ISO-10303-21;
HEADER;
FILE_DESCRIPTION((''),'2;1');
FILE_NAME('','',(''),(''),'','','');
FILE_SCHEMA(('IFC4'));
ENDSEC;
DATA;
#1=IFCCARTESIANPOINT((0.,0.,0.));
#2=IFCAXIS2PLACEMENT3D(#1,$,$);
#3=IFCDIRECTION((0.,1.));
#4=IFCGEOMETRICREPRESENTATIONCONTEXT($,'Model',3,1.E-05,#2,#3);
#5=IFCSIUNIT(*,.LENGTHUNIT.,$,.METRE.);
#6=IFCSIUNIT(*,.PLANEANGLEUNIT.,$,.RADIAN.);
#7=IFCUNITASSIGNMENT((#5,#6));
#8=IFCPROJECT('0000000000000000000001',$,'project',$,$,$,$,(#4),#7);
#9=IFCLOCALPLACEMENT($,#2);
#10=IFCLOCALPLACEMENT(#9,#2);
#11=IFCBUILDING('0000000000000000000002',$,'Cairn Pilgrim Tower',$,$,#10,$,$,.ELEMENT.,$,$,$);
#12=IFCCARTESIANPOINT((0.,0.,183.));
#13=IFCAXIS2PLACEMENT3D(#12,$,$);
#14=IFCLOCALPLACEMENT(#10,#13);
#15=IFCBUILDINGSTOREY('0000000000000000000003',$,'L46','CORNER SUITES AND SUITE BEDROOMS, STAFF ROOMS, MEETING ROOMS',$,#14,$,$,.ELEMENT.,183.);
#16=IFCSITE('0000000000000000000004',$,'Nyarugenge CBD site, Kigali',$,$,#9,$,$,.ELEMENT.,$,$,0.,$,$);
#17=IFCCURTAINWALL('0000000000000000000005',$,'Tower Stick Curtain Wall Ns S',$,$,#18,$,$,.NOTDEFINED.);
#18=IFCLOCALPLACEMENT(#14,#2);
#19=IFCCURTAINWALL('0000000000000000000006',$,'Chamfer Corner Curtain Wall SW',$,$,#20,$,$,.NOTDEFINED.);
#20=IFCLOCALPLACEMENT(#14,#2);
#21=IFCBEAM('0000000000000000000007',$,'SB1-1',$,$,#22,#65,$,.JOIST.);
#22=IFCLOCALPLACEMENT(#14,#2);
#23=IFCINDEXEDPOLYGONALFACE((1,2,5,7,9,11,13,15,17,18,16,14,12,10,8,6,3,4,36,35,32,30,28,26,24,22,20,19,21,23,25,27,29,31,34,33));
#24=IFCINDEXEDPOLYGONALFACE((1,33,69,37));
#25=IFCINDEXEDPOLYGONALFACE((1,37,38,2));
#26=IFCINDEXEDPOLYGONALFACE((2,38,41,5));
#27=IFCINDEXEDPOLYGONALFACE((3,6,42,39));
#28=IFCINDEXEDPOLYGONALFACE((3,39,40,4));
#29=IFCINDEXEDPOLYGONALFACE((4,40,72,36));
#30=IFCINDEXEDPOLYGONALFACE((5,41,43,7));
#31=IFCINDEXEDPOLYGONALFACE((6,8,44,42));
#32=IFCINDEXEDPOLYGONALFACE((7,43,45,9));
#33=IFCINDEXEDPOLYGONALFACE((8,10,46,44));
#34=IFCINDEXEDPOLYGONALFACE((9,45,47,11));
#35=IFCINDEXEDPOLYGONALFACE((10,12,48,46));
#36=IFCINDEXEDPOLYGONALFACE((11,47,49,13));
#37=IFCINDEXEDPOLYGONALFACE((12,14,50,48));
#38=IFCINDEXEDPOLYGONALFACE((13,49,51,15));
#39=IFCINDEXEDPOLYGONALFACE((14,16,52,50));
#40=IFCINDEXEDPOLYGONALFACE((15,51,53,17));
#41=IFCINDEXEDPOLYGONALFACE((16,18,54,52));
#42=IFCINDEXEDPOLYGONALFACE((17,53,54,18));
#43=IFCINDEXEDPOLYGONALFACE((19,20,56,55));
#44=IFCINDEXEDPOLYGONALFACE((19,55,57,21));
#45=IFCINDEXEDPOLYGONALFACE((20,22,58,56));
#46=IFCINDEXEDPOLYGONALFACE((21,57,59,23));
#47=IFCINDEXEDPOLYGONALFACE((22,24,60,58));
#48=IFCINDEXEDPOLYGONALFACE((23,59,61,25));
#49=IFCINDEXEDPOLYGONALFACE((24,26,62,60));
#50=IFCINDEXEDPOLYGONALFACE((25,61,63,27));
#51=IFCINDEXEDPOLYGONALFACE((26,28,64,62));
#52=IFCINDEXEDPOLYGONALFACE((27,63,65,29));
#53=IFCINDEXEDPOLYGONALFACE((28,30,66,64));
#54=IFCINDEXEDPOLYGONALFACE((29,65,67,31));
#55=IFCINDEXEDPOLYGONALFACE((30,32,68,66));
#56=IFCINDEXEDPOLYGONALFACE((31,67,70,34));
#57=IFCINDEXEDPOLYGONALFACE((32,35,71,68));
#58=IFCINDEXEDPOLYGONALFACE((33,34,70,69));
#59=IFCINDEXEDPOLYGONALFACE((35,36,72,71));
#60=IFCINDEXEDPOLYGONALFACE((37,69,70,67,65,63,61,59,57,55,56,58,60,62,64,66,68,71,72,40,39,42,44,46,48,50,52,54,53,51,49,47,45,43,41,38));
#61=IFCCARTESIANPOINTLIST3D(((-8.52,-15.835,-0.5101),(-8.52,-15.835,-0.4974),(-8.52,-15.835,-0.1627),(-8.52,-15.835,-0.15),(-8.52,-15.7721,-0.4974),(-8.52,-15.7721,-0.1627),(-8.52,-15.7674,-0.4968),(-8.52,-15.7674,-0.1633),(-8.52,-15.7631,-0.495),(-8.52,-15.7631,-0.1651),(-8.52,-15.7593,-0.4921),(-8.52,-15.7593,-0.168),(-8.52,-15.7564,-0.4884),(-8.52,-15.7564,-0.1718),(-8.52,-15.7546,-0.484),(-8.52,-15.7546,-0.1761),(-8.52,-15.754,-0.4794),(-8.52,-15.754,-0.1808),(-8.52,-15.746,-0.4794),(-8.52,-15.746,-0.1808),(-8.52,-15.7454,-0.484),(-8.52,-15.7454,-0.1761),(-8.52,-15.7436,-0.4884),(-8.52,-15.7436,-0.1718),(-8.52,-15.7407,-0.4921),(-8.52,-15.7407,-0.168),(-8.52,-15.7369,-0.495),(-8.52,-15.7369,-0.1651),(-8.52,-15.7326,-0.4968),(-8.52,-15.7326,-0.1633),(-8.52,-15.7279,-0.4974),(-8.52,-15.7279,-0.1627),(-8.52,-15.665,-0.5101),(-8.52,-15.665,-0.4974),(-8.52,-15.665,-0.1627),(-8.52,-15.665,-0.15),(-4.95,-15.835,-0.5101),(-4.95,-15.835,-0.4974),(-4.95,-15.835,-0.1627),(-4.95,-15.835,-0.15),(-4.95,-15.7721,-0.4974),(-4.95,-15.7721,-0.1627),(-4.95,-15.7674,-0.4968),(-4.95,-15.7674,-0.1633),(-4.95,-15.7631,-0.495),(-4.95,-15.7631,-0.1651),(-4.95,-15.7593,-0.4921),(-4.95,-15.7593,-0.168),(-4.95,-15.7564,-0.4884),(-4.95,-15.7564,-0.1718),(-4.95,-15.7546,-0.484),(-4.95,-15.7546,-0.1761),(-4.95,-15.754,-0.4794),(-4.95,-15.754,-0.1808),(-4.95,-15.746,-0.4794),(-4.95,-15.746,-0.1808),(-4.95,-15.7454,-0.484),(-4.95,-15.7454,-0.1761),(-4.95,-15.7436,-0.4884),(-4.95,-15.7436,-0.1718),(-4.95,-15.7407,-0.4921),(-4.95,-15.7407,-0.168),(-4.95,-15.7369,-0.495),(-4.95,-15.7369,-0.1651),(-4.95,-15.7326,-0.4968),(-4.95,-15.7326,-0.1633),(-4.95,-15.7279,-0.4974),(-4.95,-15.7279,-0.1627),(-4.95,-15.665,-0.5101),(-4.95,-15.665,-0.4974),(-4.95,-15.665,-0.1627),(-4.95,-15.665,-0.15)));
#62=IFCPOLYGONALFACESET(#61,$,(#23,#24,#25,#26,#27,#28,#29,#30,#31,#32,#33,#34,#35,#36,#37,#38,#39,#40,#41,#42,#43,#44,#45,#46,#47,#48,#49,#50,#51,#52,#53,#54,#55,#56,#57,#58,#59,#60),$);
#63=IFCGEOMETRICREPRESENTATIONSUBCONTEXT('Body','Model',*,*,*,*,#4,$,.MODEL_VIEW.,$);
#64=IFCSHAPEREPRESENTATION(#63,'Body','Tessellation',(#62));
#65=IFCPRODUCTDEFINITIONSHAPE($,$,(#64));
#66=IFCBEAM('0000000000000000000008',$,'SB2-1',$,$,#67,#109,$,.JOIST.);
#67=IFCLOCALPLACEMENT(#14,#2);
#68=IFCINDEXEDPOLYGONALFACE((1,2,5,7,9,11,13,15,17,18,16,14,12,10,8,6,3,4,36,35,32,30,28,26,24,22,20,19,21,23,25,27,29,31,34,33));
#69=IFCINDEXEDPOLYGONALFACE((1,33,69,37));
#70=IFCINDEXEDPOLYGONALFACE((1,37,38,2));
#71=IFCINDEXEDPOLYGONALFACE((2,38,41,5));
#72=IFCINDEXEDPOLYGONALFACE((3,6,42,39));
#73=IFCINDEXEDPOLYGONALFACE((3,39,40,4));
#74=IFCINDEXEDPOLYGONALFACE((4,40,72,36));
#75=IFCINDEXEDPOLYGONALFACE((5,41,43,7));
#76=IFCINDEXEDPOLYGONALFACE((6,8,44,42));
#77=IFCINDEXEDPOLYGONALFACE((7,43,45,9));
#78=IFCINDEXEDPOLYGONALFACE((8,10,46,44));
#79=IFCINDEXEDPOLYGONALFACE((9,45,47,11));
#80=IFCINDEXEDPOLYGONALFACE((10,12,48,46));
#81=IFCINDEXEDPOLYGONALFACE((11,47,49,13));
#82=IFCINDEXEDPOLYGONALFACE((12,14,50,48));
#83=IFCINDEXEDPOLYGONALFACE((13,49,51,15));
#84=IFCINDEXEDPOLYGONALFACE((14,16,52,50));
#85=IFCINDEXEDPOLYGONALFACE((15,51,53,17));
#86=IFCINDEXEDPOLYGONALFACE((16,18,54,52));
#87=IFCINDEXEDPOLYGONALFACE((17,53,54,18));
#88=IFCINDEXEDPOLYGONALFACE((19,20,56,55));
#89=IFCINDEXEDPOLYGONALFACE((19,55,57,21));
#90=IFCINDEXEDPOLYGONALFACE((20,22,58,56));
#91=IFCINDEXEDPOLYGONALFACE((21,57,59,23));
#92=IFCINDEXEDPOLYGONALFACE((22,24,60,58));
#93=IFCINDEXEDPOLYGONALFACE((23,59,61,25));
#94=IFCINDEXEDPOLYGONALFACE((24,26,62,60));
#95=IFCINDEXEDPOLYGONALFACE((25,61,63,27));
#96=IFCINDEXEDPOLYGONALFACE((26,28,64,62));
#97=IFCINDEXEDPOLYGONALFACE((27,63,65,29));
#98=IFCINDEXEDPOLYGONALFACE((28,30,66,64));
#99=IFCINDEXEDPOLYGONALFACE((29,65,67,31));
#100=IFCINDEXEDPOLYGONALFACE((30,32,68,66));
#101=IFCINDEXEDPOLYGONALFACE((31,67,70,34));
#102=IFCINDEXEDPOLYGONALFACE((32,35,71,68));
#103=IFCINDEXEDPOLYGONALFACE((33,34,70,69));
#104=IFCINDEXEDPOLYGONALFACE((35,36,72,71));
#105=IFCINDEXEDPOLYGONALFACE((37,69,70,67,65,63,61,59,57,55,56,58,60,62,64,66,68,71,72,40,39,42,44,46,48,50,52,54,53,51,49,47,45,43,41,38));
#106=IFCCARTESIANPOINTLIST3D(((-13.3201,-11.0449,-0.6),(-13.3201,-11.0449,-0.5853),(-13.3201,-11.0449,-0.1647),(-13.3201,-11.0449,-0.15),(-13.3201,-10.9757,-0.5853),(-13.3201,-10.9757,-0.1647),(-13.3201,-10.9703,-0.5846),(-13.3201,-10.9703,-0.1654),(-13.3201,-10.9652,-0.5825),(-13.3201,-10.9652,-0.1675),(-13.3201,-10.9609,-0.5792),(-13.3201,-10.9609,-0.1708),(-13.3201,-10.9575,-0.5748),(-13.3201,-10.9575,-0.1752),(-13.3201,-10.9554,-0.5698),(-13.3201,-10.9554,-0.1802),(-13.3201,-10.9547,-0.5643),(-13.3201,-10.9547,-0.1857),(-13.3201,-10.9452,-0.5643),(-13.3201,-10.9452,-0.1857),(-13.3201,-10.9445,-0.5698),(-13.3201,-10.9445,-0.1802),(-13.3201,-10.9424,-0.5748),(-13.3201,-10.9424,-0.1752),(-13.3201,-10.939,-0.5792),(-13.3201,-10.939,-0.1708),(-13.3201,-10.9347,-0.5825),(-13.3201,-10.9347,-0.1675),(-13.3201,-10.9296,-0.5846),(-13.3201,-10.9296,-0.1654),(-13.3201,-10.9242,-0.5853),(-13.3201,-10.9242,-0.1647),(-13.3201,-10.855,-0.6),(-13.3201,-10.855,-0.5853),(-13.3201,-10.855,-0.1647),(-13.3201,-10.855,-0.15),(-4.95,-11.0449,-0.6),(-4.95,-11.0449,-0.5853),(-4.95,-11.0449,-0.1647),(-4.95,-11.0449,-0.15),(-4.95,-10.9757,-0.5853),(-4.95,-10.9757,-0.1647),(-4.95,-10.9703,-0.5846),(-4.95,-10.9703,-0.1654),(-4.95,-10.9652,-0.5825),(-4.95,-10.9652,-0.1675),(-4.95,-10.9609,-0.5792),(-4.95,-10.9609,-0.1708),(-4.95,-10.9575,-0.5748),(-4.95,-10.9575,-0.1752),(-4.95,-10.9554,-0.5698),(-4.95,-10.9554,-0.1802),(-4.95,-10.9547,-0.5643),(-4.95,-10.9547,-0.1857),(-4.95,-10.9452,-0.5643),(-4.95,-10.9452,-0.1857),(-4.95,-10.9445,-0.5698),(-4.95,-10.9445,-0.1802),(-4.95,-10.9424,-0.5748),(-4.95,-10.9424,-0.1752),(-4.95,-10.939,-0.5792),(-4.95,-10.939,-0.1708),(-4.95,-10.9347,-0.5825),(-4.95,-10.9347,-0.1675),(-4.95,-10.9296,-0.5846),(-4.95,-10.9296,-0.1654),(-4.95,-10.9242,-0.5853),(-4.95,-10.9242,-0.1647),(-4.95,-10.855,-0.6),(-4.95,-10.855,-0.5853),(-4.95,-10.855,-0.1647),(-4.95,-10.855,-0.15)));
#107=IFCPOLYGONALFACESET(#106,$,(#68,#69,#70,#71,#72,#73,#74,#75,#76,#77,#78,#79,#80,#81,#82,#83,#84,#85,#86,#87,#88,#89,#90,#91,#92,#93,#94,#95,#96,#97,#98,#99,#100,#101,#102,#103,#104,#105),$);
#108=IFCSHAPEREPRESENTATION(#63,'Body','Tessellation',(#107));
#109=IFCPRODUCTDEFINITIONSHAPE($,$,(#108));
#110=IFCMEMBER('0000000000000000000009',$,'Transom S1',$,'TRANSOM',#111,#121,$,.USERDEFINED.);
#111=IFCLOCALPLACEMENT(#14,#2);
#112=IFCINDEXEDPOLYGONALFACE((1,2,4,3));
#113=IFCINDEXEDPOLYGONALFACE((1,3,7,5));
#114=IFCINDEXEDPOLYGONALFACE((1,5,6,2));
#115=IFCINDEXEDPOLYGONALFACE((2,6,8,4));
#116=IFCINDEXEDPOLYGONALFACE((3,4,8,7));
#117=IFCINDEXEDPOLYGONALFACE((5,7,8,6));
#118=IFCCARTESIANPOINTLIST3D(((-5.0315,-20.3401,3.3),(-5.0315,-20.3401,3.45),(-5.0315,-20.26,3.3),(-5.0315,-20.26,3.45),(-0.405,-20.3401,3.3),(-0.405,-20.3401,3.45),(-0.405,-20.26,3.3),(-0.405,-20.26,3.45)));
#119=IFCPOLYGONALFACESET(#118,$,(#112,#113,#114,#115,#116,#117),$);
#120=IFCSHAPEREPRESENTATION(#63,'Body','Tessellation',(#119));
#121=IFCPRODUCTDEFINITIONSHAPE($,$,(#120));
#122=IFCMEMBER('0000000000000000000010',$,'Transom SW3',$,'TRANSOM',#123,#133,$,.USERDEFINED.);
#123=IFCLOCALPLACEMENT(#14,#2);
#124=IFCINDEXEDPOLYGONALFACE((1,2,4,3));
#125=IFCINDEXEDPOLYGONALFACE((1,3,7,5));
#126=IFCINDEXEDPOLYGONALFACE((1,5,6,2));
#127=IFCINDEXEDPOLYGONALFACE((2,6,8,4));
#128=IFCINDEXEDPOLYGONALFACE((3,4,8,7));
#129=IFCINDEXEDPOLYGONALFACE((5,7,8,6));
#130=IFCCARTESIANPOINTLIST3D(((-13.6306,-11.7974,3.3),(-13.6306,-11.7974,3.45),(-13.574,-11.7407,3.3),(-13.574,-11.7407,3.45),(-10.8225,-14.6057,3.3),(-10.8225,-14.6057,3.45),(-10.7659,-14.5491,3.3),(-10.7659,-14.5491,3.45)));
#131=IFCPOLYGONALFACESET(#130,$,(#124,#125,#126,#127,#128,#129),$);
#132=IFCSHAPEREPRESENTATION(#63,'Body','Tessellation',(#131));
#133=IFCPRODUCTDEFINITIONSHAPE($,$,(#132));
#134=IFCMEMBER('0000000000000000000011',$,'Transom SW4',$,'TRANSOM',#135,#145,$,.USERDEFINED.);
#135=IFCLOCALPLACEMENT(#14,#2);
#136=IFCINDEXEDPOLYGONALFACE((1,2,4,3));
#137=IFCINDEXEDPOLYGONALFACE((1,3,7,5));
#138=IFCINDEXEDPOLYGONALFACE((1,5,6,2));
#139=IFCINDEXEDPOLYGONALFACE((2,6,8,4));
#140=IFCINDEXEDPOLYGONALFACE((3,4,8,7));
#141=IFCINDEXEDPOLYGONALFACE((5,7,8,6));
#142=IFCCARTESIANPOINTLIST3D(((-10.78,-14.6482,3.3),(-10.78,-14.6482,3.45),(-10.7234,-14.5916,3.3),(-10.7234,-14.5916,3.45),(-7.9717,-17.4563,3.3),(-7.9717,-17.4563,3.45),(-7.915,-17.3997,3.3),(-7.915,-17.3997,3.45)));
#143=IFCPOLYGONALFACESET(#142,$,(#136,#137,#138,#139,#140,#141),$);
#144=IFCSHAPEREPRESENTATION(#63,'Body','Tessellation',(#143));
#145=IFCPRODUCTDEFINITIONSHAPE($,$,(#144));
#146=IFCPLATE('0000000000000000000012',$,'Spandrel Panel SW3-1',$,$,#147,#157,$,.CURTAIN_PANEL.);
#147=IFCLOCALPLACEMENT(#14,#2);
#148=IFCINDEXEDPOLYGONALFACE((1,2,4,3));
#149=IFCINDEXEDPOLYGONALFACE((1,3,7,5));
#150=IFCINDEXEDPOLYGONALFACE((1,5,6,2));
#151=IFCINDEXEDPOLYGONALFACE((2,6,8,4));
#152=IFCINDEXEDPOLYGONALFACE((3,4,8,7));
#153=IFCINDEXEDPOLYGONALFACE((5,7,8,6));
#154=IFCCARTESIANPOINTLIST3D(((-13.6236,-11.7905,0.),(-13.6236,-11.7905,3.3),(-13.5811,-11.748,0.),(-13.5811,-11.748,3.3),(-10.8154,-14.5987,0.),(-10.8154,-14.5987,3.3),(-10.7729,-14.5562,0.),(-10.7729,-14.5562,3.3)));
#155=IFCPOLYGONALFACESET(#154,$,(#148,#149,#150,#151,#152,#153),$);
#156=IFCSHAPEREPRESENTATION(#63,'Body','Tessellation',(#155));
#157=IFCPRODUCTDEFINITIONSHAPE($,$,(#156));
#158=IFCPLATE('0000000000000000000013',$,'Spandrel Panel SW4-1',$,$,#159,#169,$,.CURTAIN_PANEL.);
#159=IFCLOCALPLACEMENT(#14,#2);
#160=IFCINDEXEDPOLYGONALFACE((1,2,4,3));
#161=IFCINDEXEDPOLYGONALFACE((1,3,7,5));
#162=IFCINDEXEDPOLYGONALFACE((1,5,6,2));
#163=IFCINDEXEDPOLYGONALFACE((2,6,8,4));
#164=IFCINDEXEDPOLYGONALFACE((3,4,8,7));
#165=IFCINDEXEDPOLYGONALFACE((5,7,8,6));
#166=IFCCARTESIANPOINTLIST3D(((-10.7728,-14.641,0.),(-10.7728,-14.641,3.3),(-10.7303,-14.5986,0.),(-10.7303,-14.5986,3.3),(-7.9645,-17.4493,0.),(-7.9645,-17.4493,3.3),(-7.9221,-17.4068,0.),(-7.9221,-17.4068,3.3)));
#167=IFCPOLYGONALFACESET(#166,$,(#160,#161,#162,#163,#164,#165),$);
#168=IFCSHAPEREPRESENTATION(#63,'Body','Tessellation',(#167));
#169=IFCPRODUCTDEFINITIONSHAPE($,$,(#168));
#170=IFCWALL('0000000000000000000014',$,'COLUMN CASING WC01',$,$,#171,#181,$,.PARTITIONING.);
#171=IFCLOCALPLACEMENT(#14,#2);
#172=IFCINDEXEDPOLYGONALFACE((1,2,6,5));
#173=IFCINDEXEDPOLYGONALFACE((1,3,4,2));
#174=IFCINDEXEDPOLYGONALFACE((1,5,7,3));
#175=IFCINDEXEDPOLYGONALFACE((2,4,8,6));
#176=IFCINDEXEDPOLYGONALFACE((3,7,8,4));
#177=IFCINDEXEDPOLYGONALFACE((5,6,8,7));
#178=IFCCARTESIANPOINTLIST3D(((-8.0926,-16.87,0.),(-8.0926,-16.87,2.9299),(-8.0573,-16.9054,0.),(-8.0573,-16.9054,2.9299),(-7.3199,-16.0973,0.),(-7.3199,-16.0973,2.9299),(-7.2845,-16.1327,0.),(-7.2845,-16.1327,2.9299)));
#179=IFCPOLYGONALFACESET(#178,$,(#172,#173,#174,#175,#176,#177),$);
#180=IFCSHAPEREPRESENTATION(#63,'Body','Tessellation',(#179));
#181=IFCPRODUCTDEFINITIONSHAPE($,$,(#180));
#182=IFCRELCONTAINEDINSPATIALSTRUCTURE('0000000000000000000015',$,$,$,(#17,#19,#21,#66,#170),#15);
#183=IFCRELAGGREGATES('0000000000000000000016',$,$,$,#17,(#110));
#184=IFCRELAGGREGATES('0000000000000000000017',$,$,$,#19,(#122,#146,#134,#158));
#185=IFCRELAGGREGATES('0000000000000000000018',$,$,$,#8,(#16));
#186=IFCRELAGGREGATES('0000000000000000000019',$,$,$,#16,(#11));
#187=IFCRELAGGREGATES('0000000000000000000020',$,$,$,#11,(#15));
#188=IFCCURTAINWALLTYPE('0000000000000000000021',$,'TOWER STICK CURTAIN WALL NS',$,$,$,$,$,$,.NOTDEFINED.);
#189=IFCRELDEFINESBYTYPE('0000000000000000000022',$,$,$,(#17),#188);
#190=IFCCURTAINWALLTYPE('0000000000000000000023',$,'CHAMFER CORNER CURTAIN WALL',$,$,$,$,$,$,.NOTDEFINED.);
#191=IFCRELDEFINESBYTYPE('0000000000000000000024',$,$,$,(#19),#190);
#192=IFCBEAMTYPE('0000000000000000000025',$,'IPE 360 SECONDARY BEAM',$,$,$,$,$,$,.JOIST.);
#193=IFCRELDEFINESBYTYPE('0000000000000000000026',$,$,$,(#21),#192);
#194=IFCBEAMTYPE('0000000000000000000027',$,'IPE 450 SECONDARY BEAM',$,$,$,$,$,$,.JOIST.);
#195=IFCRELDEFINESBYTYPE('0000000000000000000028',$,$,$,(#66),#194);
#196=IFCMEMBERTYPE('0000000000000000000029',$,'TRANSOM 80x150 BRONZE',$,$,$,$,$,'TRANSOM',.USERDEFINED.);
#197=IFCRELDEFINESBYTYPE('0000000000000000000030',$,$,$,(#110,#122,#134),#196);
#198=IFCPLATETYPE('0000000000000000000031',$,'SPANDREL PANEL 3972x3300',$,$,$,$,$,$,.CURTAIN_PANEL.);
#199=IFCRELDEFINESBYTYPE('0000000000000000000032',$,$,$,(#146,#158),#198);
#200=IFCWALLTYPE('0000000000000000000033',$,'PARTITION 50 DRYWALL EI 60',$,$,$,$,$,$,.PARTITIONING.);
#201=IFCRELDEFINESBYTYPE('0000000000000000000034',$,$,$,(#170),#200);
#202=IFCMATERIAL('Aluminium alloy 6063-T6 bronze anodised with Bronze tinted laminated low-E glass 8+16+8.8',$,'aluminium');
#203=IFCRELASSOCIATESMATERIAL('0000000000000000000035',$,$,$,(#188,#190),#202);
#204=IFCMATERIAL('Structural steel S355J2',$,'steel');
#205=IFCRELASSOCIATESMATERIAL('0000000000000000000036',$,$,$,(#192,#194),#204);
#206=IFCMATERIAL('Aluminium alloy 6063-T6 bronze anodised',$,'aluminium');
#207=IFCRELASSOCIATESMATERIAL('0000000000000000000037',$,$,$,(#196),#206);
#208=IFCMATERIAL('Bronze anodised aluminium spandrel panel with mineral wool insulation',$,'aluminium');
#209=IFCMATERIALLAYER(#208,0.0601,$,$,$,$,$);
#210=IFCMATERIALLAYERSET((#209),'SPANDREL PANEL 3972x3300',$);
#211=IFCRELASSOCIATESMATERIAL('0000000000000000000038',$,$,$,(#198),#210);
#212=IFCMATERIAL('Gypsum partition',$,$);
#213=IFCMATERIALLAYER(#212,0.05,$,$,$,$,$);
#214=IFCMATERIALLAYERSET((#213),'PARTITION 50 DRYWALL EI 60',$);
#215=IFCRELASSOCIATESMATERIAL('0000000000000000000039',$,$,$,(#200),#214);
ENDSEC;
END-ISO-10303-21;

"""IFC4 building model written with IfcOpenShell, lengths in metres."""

from ifc_helpers import new_model, si_unit, direction, frame, frame_2d, origin, origin_2d, place, context, subcontext, project, spatial, rectangle, i_section, extrude, material, layer, layer_set, material_profile, profile_set, type_object, element, aggregate, save


model = new_model("IFC4")

# Units and contexts
model_context = context("Model", 3, precision=1e-05, world=origin(), true_north=direction((0.0, 1.0)))
body_context = subcontext(model_context, "Body", "Model", "MODEL_VIEW")
ifc_project = project(units=[si_unit("LENGTHUNIT", "METRE"), si_unit("PLANEANGLEUNIT", "RADIAN")], contexts=[model_context])

# Site, building, storey
site_placement = place(None, origin())
site = spatial("IfcSite", under=ifc_project, at=site_placement, Name="Nyarugenge CBD site, Kigali", CompositionType="ELEMENT", RefElevation=0.0)
building_placement = place(site_placement, origin())
building = spatial("IfcBuilding", under=site, at=building_placement, Name="Cairn Pilgrim Tower", CompositionType="ELEMENT")
storey_placement = place(building_placement, frame((0.0, 0.0, 183.0)))
storey = spatial("IfcBuildingStorey", under=building, at=storey_placement, Name="L46", Description="CORNER SUITES AND SUITE BEDROOMS, STAFF ROOMS, MEETING ROOMS", CompositionType="ELEMENT", Elevation=183.0)

# Shared definitions
ifc_material_1 = material(Name="Structural steel S355J2", Category="steel")

# Curtain wall
ifc_material_2 = material(Name="Aluminium alloy 6063-T6 bronze anodised with Bronze tinted laminated low-E glass 8+16+8.8", Category="aluminium")
curtain_wall_type_1 = type_object("IfcCurtainWallType", Name="TOWER STICK CURTAIN WALL NS", PredefinedType="NOTDEFINED", material=ifc_material_2)
curtain_wall_1_placement = place(storey_placement, origin())
curtain_wall_1 = element("IfcCurtainWall", 1, at=curtain_wall_1_placement, inside=storey, type_object=curtain_wall_type_1, Name="Tower Stick Curtain Wall Ns S", PredefinedType="NOTDEFINED")
ifc_material_3 = material(Name="Aluminium alloy 6063-T6 bronze anodised", Category="aluminium")

# Curtain wall
curtain_wall_type_2 = type_object("IfcCurtainWallType", Name="CHAMFER CORNER CURTAIN WALL", PredefinedType="NOTDEFINED", material=ifc_material_2)
curtain_wall_2_placement = place(storey_placement, origin())
curtain_wall_2 = element("IfcCurtainWall", 2, at=curtain_wall_2_placement, inside=storey, type_object=curtain_wall_type_2, Name="Chamfer Corner Curtain Wall SW", PredefinedType="NOTDEFINED")

# Beams
ifc_material_profile_1 = material_profile(ifc_material_1, i_section(OverallWidth=0.1699, OverallDepth=0.3601, WebThickness=0.0081, FlangeThickness=0.0127, FilletRadius=0.0181, at=origin_2d()), Name="IPE 360")
ifc_profile_set_1 = profile_set([ifc_material_profile_1], Name="Structural steel S355J2")
beam_type_1 = type_object("IfcBeamType", Name="IPE 360 SECONDARY BEAM", PredefinedType="JOIST", material=ifc_profile_set_1)
beam_1_placement = place(storey_placement, frame((-8.52, -15.75, -0.3301), z_axis=(1.0, 0.0, 0.0), x_axis=(0.0, 1.0, 0.0)))
element("IfcBeam", 3, at=beam_1_placement, inside=storey, type_object=beam_type_1, Name="SB1-1", PredefinedType="JOIST", context=body_context, shape_type="SweptSolid", body=[
    extrude(i_section(OverallWidth=0.1699, OverallDepth=0.3601, WebThickness=0.0081, FlangeThickness=0.0127, FilletRadius=0.0181, at=origin_2d()), origin(), (0.0, 0.0, 1.0), 3.5701),
])
ifc_material_profile_2 = material_profile(ifc_material_1, i_section(OverallWidth=0.1899, OverallDepth=0.45, WebThickness=0.0095, FlangeThickness=0.0146, FilletRadius=0.021, at=origin_2d()), Name="IPE 450")
ifc_profile_set_2 = profile_set([ifc_material_profile_2], Name="Structural steel S355J2")
beam_type_2 = type_object("IfcBeamType", Name="IPE 450 SECONDARY BEAM", PredefinedType="JOIST", material=ifc_profile_set_2)
beam_2_placement = place(storey_placement, frame((-13.3201, -10.95, -0.375), z_axis=(1.0, 0.0, 0.0), x_axis=(0.0, 1.0, 0.0)))
element("IfcBeam", 4, at=beam_2_placement, inside=storey, type_object=beam_type_2, Name="SB2-1", PredefinedType="JOIST", context=body_context, shape_type="SweptSolid", body=[
    extrude(i_section(OverallWidth=0.1899, OverallDepth=0.45, WebThickness=0.0095, FlangeThickness=0.0146, FilletRadius=0.021, at=origin_2d()), origin(), (0.0, 0.0, 1.0), 8.3701),
])

# Members
ifc_material_profile_3 = material_profile(ifc_material_3, rectangle(XDim=0.0801, YDim=0.1499, at=origin_2d()), Name="TRANSOM 80x150 BRONZE")
ifc_profile_set_3 = profile_set([ifc_material_profile_3], Name="Aluminium alloy 6063-T6 bronze anodised")
member_type_1 = type_object("IfcMemberType", Name="TRANSOM 80x150 BRONZE", ElementType="TRANSOM", PredefinedType="USERDEFINED", material=ifc_profile_set_3)
member_1_placement = place(storey_placement, frame((-5.0315, -20.3, 3.375), z_axis=(1.0, 0.0, 0.0), x_axis=(0.0, 1.0, 0.0)))
member_1 = element("IfcMember", 5, at=member_1_placement, type_object=member_type_1, Name="Transom S1", ObjectType="TRANSOM", PredefinedType="USERDEFINED", context=body_context, shape_type="SweptSolid", body=[
    extrude(rectangle(XDim=0.0801, YDim=0.1499, at=origin_2d()), origin(), (0.0, 0.0, 1.0), 4.6265),
])
aggregate(curtain_wall_1, [member_1])
member_2_placement = place(storey_placement, frame((-13.6023, -11.769, 3.375), z_axis=(0.707076, -0.707138, 0.0), x_axis=(0.707138, 0.707076, 0.0)))
member_2 = element("IfcMember", 6, at=member_2_placement, type_object=member_type_1, Name="Transom SW3", ObjectType="TRANSOM", PredefinedType="USERDEFINED", context=body_context, shape_type="SweptSolid", body=[
    extrude(rectangle(XDim=0.0801, YDim=0.1499, at=origin_2d()), origin(), (0.0, 0.0, 1.0), 3.9714),
])
member_3_placement = place(storey_placement, frame((-10.7517, -14.6199, 3.375), z_axis=(0.707138, -0.707076, 0.0), x_axis=(0.707076, 0.707138, 0.0)))
member_3 = element("IfcMember", 7, at=member_3_placement, type_object=member_type_1, Name="Transom SW4", ObjectType="TRANSOM", PredefinedType="USERDEFINED", context=body_context, shape_type="SweptSolid", body=[
    extrude(rectangle(XDim=0.0801, YDim=0.1499, at=origin_2d()), origin(), (0.0, 0.0, 1.0), 3.9714),
])

# Plates
ifc_material_4 = material(Name="Bronze anodised aluminium spandrel panel with mineral wool insulation", Category="aluminium")
ifc_layer_1 = layer(ifc_material_4, 0.0601)
ifc_layer_set_1 = layer_set([ifc_layer_1], Name="SPANDREL PANEL 3972x3300")
plate_type = type_object("IfcPlateType", Name="SPANDREL PANEL 3972x3300", PredefinedType="CURTAIN_PANEL", material=ifc_layer_set_1)
plate_1_placement = place(storey_placement, frame((-12.1982, -13.1733, 0.0), z_axis=(0.0, 0.0, 1.0), x_axis=(0.707107, -0.707107, 0.0)))
plate_1 = element("IfcPlate", 8, at=plate_1_placement, type_object=plate_type, Name="Spandrel Panel SW3-1", PredefinedType="CURTAIN_PANEL", context=body_context, shape_type="SweptSolid", body=[
    extrude(rectangle(XDim=3.9714, YDim=0.0601, at=origin_2d()), origin(), (0.0, 0.0, 1.0), 3.3),
])
plate_2_placement = place(storey_placement, frame((-9.3474, -16.0239, 0.0), z_axis=(0.0, 0.0, 1.0), x_axis=(0.707107, -0.707107, 0.0)))
plate_2 = element("IfcPlate", 9, at=plate_2_placement, type_object=plate_type, Name="Spandrel Panel SW4-1", PredefinedType="CURTAIN_PANEL", context=body_context, shape_type="SweptSolid", body=[
    extrude(rectangle(XDim=3.9714, YDim=0.0601, at=origin_2d()), origin(), (0.0, 0.0, 1.0), 3.3),
])
aggregate(curtain_wall_2, [member_2, plate_1, member_3, plate_2])

# Wall
ifc_material_5 = material(Name="Gypsum partition")
ifc_layer_2 = layer(ifc_material_5, 0.05)
ifc_layer_set_2 = layer_set([ifc_layer_2], Name="PARTITION 50 DRYWALL EI 60")
wall_type_1 = type_object("IfcWallType", Name="PARTITION 50 DRYWALL EI 60", PredefinedType="PARTITIONING", material=ifc_layer_set_2)
wall_1_placement = place(storey_placement, frame((-8.075, -16.8877, 0.0), z_axis=(0.0, 0.0, 1.0), x_axis=(0.707107, 0.707107, 0.0)))
element("IfcWall", 10, at=wall_1_placement, inside=storey, type_object=wall_type_1, Name="COLUMN CASING WC01", PredefinedType="PARTITIONING", context=body_context, shape_type="SweptSolid", body=[
    extrude(rectangle(XDim=1.0928, YDim=0.05, at=frame_2d((0.5464, 0.0))), origin(), (0.0, 0.0, 1.0), 2.9299),
])

save(model, "model.ifc")
